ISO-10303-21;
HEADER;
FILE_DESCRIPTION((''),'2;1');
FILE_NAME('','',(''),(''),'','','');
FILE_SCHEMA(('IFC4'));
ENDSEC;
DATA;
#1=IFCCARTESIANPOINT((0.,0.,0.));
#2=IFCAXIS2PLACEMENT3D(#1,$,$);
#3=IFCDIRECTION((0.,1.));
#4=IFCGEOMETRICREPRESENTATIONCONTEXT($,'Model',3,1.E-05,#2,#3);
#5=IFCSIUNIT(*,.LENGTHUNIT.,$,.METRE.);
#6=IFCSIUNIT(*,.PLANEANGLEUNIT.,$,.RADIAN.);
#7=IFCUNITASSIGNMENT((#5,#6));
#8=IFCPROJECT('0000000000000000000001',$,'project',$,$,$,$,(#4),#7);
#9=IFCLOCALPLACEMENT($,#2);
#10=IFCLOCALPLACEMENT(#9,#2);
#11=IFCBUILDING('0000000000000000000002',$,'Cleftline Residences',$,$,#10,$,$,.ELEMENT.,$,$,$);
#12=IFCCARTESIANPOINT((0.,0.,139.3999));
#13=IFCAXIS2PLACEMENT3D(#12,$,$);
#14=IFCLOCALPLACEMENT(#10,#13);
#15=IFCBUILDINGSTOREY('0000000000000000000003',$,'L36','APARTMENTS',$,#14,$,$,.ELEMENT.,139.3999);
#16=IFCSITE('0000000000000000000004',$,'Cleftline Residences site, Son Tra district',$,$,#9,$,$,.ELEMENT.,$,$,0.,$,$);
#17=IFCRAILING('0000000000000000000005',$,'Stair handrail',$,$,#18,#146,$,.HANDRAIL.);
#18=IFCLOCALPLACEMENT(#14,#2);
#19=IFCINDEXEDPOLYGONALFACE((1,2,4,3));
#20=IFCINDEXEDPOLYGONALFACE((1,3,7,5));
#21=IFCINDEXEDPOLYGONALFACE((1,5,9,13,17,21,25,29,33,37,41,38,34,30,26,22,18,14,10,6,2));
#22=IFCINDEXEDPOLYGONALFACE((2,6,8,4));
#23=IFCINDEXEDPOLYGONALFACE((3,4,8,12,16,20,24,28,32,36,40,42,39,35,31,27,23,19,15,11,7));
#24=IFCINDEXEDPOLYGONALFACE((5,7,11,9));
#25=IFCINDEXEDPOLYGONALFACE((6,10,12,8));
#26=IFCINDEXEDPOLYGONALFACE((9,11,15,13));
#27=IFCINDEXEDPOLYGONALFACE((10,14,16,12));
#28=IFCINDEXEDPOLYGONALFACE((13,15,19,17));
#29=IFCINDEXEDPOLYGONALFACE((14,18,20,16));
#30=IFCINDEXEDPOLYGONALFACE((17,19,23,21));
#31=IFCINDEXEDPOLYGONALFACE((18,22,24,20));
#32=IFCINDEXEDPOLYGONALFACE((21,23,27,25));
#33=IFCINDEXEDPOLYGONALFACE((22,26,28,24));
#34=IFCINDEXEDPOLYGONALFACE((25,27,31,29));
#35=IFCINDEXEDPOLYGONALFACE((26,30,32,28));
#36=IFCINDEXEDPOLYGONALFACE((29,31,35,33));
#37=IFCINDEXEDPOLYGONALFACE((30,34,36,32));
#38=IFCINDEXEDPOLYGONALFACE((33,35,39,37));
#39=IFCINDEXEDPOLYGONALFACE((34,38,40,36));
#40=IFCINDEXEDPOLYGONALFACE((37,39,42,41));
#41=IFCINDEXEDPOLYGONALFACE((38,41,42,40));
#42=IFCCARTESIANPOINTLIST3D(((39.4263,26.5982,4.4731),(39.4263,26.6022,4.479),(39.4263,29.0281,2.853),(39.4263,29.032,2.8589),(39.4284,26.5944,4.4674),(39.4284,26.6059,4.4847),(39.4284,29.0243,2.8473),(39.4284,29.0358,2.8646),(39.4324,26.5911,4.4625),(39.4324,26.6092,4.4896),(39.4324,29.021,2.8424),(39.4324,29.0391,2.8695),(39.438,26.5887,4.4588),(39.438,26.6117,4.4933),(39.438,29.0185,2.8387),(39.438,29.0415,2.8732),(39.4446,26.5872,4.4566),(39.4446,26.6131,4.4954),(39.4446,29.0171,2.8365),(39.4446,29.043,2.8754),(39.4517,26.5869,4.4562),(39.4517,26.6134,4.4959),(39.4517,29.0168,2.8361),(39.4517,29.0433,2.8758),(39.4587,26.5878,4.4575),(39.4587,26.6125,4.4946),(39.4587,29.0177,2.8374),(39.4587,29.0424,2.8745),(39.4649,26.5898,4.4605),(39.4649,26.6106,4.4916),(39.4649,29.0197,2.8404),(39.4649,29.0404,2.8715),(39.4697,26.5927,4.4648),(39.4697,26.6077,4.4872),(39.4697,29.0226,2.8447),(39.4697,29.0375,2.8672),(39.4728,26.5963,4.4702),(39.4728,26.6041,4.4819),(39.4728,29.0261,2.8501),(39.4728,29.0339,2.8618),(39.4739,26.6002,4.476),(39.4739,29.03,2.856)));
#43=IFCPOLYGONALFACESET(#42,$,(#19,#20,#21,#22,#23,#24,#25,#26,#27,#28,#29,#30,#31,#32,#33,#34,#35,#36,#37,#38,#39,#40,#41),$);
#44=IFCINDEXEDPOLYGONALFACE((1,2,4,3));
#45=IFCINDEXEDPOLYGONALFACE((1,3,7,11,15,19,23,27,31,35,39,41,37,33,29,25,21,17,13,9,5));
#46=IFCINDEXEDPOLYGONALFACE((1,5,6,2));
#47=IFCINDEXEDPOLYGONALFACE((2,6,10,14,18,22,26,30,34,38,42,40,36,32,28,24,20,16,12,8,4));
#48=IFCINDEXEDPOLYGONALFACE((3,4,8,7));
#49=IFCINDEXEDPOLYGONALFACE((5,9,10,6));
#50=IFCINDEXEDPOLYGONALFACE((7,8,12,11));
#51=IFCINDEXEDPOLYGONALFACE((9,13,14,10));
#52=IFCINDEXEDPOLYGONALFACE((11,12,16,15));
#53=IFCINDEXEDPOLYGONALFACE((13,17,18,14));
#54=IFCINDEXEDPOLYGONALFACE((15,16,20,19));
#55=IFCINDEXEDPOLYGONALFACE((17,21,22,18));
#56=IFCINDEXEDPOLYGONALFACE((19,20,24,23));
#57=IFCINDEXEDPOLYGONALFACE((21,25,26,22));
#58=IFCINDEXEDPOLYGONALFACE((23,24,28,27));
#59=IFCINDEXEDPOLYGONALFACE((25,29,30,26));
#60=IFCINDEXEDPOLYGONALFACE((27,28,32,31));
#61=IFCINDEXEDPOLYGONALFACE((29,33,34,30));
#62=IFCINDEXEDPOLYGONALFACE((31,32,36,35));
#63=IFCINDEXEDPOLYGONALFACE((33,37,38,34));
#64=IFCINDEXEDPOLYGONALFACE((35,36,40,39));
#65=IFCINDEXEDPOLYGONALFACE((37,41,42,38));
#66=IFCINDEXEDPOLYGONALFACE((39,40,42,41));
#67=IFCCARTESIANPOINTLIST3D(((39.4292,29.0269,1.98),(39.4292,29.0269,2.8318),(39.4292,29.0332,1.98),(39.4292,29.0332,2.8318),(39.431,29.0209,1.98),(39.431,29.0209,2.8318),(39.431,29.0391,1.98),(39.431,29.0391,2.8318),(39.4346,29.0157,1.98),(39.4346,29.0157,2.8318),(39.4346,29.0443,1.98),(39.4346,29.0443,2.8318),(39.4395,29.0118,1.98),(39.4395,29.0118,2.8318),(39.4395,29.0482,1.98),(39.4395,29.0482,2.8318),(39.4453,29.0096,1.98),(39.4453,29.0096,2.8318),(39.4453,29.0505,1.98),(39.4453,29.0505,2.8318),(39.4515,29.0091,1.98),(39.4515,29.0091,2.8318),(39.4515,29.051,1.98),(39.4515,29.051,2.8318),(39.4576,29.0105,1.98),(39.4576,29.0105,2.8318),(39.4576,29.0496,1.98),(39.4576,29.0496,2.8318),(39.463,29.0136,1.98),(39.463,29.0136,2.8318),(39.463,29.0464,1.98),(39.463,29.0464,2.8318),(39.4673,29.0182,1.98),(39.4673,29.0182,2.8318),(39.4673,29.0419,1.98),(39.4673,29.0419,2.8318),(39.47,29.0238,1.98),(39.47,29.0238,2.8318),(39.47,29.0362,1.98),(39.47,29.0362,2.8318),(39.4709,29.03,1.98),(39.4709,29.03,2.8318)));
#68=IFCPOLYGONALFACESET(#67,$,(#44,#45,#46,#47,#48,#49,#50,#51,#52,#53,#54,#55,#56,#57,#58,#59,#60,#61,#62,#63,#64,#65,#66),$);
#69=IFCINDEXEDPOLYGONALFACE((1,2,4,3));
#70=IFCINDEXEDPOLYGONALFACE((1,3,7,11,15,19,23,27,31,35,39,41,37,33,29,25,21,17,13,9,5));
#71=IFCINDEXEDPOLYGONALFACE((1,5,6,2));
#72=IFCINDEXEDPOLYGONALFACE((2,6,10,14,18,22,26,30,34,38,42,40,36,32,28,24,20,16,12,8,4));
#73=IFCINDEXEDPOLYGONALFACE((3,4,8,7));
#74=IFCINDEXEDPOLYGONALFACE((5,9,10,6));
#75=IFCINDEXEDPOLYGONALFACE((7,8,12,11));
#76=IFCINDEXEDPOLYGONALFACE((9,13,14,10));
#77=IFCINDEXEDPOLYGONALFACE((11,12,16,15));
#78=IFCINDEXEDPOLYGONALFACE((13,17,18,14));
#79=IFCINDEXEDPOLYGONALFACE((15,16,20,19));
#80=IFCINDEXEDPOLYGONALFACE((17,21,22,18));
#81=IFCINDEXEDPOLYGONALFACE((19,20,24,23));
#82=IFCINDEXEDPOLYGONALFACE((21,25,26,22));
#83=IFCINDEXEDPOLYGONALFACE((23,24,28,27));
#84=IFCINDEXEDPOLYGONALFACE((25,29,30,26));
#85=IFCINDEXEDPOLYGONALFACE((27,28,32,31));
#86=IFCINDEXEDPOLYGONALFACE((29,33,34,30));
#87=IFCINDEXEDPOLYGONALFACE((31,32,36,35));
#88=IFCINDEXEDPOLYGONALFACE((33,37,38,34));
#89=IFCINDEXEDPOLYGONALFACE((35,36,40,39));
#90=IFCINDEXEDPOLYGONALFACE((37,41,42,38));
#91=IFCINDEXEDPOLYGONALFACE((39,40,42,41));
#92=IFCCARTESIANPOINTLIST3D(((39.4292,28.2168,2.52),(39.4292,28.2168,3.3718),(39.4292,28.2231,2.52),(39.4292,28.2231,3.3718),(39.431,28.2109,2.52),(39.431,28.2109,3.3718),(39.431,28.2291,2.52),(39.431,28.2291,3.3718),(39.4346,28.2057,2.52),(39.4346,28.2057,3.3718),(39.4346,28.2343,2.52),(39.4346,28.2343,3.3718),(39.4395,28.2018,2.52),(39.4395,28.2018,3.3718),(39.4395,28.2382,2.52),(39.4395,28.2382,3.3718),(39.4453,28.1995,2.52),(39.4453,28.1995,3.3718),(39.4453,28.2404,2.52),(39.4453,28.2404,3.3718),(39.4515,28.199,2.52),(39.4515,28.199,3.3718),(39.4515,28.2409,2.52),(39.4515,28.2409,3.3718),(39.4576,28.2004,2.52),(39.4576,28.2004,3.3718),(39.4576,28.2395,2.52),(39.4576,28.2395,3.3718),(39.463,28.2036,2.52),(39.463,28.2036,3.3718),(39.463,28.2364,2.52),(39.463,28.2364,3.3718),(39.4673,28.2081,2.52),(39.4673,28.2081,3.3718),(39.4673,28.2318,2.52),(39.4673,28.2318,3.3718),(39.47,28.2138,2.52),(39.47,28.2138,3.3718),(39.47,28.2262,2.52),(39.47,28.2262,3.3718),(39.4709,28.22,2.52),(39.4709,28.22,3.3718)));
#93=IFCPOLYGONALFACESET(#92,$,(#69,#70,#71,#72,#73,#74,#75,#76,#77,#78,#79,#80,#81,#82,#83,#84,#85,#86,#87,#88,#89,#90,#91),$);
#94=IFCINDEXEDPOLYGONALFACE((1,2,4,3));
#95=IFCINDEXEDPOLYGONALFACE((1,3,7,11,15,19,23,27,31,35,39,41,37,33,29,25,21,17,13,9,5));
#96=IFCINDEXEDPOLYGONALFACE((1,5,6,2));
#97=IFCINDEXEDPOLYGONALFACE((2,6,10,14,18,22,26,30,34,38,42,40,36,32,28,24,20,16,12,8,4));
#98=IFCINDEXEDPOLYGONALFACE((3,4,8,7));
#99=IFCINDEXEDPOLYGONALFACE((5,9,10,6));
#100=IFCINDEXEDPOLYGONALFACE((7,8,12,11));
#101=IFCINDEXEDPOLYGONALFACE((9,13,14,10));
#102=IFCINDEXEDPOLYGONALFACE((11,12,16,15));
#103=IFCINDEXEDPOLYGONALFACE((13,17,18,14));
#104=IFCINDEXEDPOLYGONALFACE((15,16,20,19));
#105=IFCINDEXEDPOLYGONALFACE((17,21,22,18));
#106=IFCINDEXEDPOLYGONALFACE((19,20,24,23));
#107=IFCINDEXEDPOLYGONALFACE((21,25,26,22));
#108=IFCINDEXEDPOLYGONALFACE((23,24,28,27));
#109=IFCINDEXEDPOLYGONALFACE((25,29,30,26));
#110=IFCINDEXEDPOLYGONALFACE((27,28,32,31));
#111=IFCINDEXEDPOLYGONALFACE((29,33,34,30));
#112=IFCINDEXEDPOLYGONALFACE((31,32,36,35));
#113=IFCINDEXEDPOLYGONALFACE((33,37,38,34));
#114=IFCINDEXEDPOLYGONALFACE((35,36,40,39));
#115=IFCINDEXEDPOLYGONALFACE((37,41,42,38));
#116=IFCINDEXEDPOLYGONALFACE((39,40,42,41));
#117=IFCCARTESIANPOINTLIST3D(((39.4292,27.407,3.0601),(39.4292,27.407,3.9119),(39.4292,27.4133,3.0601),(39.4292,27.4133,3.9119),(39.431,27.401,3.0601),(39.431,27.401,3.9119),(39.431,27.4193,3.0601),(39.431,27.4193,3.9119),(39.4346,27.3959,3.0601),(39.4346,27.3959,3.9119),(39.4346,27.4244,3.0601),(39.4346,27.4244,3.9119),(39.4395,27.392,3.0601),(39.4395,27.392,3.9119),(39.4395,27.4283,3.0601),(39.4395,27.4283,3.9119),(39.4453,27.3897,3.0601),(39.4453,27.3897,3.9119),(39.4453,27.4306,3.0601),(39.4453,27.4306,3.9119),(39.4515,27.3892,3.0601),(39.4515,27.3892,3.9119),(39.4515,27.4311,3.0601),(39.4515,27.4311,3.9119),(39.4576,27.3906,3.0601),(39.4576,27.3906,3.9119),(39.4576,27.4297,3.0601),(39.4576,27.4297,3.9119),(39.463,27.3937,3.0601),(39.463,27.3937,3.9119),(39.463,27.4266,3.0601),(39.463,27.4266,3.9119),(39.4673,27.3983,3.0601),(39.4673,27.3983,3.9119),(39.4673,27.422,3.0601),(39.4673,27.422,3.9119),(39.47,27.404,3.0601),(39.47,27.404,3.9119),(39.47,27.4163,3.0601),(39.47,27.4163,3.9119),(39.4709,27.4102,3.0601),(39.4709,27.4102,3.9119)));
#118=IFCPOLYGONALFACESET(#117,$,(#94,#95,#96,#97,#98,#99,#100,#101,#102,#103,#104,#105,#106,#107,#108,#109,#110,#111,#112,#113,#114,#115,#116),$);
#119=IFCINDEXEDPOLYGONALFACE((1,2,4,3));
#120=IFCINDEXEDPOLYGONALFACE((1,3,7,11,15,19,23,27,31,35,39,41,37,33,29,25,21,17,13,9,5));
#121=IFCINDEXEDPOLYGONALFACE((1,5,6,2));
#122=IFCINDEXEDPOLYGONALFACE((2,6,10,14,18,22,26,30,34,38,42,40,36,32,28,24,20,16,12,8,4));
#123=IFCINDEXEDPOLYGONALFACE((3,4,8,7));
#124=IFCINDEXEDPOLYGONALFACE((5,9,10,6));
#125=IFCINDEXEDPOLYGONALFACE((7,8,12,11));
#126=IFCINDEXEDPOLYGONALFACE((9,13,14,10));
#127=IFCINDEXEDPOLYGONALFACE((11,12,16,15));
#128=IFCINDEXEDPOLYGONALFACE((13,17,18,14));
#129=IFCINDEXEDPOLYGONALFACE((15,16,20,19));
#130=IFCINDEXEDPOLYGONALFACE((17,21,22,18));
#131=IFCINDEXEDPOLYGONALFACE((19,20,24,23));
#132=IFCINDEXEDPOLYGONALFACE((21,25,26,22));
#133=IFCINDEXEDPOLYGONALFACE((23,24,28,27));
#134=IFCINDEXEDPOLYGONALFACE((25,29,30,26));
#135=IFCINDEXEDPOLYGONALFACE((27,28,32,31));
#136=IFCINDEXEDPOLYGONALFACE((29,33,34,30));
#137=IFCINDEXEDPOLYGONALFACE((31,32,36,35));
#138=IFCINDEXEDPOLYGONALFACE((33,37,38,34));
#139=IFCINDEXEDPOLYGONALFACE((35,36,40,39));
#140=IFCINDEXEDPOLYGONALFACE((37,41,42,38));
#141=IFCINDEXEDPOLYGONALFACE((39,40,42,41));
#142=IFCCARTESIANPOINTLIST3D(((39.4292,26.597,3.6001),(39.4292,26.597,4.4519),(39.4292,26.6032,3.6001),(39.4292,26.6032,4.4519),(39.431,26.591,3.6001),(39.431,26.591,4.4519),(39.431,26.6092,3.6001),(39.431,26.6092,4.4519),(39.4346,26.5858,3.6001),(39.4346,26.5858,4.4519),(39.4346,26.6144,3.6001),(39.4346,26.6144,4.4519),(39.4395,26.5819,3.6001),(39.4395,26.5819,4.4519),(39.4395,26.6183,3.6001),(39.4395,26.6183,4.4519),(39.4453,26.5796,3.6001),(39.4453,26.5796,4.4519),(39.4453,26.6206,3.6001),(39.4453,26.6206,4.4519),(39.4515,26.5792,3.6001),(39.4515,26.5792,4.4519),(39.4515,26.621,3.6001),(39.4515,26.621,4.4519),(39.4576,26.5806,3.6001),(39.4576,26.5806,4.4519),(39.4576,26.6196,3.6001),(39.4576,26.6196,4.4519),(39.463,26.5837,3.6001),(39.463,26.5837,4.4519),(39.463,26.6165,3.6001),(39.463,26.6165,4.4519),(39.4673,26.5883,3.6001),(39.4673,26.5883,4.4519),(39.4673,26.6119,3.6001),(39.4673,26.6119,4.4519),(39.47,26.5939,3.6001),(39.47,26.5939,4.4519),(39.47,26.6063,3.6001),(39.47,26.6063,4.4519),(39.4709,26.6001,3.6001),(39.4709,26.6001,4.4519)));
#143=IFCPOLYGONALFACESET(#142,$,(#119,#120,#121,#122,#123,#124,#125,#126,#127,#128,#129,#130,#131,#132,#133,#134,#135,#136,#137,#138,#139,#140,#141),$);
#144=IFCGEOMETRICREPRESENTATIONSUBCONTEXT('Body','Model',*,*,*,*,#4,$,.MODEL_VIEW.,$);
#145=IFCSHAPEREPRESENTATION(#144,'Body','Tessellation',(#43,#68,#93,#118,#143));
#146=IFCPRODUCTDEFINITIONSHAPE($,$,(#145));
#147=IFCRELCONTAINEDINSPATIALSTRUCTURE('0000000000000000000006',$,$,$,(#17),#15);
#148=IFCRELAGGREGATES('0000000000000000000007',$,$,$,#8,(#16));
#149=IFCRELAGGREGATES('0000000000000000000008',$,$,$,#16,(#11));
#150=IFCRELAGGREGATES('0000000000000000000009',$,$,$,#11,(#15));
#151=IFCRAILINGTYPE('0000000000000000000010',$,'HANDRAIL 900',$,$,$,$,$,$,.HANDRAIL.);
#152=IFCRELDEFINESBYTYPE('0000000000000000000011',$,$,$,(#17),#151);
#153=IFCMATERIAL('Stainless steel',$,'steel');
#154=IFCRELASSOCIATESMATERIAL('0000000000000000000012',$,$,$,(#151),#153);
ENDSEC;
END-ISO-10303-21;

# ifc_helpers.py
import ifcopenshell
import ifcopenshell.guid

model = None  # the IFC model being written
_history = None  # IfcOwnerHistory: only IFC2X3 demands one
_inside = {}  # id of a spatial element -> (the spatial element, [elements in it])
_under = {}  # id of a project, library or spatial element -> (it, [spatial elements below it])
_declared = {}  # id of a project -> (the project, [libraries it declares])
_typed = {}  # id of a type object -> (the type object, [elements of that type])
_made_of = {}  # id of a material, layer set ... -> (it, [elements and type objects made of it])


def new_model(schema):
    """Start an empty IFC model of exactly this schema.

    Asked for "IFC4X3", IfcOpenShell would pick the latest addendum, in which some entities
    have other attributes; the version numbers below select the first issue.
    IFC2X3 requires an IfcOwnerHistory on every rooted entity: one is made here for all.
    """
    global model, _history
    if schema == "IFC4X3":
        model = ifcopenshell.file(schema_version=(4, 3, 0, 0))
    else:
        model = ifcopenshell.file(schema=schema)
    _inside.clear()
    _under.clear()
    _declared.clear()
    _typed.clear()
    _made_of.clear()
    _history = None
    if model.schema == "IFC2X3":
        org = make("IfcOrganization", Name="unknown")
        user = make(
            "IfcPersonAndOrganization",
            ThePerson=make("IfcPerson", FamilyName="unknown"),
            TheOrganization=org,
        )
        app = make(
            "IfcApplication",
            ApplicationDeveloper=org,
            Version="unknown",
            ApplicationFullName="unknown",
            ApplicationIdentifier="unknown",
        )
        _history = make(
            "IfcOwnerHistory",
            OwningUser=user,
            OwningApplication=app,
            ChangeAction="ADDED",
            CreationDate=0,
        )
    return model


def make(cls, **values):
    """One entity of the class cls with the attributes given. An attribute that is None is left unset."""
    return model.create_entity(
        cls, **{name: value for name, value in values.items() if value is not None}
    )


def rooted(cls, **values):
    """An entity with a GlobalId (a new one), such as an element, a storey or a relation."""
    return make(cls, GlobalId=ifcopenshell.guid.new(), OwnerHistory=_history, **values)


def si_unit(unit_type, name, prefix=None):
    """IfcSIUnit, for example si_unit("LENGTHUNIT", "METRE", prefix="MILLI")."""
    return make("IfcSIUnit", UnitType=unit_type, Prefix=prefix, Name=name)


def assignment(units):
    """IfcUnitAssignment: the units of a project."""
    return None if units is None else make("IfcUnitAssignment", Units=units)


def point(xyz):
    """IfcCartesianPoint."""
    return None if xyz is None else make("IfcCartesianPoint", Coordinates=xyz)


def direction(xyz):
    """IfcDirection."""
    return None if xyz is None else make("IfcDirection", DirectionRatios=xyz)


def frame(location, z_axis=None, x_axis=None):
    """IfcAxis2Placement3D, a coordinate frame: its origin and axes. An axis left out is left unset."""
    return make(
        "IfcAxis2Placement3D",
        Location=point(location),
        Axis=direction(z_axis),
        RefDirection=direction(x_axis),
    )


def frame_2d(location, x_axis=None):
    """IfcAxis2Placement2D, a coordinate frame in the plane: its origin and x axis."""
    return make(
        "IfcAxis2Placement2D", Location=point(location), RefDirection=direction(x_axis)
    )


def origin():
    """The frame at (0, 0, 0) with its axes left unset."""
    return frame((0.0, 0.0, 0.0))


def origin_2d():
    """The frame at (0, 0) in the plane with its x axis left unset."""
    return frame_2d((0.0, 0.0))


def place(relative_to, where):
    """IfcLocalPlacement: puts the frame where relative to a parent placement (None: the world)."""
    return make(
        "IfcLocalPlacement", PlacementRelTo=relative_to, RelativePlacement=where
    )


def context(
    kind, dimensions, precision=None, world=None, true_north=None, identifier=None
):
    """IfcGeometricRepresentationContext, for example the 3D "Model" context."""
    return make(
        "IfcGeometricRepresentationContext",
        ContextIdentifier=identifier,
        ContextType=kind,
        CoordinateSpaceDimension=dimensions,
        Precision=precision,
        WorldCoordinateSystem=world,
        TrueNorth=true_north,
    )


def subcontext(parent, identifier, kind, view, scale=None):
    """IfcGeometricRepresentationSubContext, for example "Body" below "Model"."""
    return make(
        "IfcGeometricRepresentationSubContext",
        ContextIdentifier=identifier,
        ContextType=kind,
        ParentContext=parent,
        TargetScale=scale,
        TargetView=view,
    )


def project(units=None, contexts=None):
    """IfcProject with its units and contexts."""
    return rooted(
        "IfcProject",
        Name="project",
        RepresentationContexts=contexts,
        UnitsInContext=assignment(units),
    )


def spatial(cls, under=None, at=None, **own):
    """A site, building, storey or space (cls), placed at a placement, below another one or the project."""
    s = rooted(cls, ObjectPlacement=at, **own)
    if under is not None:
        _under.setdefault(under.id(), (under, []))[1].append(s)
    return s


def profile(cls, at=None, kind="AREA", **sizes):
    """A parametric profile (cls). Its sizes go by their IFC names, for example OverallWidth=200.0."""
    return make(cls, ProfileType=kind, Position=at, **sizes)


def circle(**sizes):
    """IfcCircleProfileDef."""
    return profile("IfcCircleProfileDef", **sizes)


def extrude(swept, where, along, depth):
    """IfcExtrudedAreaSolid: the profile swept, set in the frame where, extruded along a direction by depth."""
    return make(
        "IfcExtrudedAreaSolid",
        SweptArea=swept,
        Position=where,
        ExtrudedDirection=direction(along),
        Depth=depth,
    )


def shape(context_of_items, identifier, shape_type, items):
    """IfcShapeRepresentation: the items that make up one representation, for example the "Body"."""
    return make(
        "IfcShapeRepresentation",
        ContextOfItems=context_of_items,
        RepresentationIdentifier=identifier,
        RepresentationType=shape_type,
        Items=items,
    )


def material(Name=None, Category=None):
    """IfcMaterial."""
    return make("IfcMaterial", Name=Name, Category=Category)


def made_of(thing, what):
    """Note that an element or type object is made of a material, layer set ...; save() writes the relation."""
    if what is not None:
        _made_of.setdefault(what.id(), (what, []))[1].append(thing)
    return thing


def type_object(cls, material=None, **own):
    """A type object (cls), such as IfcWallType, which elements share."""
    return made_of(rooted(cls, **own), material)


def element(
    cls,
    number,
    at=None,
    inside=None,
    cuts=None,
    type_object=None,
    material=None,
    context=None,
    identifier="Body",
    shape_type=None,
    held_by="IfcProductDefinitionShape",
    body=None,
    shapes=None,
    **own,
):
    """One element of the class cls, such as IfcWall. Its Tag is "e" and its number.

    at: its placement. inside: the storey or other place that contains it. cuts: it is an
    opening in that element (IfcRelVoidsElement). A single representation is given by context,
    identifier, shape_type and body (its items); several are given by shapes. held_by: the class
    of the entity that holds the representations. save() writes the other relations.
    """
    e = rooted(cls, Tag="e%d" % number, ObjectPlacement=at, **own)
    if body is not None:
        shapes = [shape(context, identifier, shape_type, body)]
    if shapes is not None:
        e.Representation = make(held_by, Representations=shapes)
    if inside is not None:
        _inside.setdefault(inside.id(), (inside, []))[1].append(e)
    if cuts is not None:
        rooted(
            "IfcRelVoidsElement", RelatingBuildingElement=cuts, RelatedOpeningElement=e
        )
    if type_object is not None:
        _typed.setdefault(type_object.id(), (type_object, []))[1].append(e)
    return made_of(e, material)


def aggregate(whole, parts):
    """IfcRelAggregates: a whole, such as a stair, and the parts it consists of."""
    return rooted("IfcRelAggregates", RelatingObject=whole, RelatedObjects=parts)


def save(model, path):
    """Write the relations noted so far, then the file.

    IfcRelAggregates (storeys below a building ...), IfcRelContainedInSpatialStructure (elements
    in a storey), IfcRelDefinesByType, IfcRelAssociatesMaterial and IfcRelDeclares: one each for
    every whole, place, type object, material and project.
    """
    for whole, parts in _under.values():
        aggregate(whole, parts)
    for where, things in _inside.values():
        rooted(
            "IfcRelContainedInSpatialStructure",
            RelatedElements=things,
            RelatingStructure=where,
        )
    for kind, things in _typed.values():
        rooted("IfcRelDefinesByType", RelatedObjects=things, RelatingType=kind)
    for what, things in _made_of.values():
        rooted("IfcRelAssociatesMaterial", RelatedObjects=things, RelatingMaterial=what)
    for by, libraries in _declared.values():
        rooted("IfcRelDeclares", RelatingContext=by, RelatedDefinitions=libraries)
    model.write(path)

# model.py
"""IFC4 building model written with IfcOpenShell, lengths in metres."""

from ifc_helpers import new_model, si_unit, direction, frame, origin, origin_2d, place, context, subcontext, project, spatial, circle, extrude, material, type_object, element, save


model = new_model("IFC4")

# Units and contexts
model_context = context("Model", 3, precision=1e-05, world=origin(), true_north=direction((0.0, 1.0)))
body_context = subcontext(model_context, "Body", "Model", "MODEL_VIEW")
ifc_project = project(units=[si_unit("LENGTHUNIT", "METRE"), si_unit("PLANEANGLEUNIT", "RADIAN")], contexts=[model_context])

# Site, building, storey
site_placement = place(None, origin())
site = spatial("IfcSite", under=ifc_project, at=site_placement, Name="Cleftline Residences site, Son Tra district", CompositionType="ELEMENT", RefElevation=0.0)
building_placement = place(site_placement, origin())
building = spatial("IfcBuilding", under=site, at=building_placement, Name="Cleftline Residences", CompositionType="ELEMENT")
storey_placement = place(building_placement, frame((0.0, 0.0, 139.3999)))
storey = spatial("IfcBuildingStorey", under=building, at=storey_placement, Name="L36", Description="APARTMENTS", CompositionType="ELEMENT", Elevation=139.3999)

# Railing
ifc_material_1 = material(Name="Stainless steel", Category="steel")
railing_type = type_object("IfcRailingType", Name="HANDRAIL 900", PredefinedType="HANDRAIL", material=ifc_material_1)
railing_1_placement = place(storey_placement, frame((39.45, 29.03, 1.98)))
element("IfcRailing", 1, at=railing_1_placement, inside=storey, type_object=railing_type, Name="Stair handrail", PredefinedType="HANDRAIL", context=body_context, shape_type="SweptSolid", body=[
    extrude(circle(Radius=0.0239, at=origin_2d()), frame((0.0, 0.0, 0.876), z_axis=(0.0, -0.832025, 0.554739), x_axis=(1.0, 0.0, 0.0)), (0.0, 0.0, 1.0), 2.9204),
    extrude(circle(Radius=0.021, at=origin_2d()), origin(), (0.0, 0.0, 1.0), 0.8518),
    extrude(circle(Radius=0.021, at=origin_2d()), frame((0.0, -0.8101, 0.54)), (0.0, 0.0, 1.0), 0.8518),
    extrude(circle(Radius=0.021, at=origin_2d()), frame((0.0, -1.6199, 1.0801)), (0.0, 0.0, 1.0), 0.8518),
    extrude(circle(Radius=0.021, at=origin_2d()), frame((0.0, -2.4299, 1.6201)), (0.0, 0.0, 1.0), 0.8518),
])

save(model, "model.ifc")
